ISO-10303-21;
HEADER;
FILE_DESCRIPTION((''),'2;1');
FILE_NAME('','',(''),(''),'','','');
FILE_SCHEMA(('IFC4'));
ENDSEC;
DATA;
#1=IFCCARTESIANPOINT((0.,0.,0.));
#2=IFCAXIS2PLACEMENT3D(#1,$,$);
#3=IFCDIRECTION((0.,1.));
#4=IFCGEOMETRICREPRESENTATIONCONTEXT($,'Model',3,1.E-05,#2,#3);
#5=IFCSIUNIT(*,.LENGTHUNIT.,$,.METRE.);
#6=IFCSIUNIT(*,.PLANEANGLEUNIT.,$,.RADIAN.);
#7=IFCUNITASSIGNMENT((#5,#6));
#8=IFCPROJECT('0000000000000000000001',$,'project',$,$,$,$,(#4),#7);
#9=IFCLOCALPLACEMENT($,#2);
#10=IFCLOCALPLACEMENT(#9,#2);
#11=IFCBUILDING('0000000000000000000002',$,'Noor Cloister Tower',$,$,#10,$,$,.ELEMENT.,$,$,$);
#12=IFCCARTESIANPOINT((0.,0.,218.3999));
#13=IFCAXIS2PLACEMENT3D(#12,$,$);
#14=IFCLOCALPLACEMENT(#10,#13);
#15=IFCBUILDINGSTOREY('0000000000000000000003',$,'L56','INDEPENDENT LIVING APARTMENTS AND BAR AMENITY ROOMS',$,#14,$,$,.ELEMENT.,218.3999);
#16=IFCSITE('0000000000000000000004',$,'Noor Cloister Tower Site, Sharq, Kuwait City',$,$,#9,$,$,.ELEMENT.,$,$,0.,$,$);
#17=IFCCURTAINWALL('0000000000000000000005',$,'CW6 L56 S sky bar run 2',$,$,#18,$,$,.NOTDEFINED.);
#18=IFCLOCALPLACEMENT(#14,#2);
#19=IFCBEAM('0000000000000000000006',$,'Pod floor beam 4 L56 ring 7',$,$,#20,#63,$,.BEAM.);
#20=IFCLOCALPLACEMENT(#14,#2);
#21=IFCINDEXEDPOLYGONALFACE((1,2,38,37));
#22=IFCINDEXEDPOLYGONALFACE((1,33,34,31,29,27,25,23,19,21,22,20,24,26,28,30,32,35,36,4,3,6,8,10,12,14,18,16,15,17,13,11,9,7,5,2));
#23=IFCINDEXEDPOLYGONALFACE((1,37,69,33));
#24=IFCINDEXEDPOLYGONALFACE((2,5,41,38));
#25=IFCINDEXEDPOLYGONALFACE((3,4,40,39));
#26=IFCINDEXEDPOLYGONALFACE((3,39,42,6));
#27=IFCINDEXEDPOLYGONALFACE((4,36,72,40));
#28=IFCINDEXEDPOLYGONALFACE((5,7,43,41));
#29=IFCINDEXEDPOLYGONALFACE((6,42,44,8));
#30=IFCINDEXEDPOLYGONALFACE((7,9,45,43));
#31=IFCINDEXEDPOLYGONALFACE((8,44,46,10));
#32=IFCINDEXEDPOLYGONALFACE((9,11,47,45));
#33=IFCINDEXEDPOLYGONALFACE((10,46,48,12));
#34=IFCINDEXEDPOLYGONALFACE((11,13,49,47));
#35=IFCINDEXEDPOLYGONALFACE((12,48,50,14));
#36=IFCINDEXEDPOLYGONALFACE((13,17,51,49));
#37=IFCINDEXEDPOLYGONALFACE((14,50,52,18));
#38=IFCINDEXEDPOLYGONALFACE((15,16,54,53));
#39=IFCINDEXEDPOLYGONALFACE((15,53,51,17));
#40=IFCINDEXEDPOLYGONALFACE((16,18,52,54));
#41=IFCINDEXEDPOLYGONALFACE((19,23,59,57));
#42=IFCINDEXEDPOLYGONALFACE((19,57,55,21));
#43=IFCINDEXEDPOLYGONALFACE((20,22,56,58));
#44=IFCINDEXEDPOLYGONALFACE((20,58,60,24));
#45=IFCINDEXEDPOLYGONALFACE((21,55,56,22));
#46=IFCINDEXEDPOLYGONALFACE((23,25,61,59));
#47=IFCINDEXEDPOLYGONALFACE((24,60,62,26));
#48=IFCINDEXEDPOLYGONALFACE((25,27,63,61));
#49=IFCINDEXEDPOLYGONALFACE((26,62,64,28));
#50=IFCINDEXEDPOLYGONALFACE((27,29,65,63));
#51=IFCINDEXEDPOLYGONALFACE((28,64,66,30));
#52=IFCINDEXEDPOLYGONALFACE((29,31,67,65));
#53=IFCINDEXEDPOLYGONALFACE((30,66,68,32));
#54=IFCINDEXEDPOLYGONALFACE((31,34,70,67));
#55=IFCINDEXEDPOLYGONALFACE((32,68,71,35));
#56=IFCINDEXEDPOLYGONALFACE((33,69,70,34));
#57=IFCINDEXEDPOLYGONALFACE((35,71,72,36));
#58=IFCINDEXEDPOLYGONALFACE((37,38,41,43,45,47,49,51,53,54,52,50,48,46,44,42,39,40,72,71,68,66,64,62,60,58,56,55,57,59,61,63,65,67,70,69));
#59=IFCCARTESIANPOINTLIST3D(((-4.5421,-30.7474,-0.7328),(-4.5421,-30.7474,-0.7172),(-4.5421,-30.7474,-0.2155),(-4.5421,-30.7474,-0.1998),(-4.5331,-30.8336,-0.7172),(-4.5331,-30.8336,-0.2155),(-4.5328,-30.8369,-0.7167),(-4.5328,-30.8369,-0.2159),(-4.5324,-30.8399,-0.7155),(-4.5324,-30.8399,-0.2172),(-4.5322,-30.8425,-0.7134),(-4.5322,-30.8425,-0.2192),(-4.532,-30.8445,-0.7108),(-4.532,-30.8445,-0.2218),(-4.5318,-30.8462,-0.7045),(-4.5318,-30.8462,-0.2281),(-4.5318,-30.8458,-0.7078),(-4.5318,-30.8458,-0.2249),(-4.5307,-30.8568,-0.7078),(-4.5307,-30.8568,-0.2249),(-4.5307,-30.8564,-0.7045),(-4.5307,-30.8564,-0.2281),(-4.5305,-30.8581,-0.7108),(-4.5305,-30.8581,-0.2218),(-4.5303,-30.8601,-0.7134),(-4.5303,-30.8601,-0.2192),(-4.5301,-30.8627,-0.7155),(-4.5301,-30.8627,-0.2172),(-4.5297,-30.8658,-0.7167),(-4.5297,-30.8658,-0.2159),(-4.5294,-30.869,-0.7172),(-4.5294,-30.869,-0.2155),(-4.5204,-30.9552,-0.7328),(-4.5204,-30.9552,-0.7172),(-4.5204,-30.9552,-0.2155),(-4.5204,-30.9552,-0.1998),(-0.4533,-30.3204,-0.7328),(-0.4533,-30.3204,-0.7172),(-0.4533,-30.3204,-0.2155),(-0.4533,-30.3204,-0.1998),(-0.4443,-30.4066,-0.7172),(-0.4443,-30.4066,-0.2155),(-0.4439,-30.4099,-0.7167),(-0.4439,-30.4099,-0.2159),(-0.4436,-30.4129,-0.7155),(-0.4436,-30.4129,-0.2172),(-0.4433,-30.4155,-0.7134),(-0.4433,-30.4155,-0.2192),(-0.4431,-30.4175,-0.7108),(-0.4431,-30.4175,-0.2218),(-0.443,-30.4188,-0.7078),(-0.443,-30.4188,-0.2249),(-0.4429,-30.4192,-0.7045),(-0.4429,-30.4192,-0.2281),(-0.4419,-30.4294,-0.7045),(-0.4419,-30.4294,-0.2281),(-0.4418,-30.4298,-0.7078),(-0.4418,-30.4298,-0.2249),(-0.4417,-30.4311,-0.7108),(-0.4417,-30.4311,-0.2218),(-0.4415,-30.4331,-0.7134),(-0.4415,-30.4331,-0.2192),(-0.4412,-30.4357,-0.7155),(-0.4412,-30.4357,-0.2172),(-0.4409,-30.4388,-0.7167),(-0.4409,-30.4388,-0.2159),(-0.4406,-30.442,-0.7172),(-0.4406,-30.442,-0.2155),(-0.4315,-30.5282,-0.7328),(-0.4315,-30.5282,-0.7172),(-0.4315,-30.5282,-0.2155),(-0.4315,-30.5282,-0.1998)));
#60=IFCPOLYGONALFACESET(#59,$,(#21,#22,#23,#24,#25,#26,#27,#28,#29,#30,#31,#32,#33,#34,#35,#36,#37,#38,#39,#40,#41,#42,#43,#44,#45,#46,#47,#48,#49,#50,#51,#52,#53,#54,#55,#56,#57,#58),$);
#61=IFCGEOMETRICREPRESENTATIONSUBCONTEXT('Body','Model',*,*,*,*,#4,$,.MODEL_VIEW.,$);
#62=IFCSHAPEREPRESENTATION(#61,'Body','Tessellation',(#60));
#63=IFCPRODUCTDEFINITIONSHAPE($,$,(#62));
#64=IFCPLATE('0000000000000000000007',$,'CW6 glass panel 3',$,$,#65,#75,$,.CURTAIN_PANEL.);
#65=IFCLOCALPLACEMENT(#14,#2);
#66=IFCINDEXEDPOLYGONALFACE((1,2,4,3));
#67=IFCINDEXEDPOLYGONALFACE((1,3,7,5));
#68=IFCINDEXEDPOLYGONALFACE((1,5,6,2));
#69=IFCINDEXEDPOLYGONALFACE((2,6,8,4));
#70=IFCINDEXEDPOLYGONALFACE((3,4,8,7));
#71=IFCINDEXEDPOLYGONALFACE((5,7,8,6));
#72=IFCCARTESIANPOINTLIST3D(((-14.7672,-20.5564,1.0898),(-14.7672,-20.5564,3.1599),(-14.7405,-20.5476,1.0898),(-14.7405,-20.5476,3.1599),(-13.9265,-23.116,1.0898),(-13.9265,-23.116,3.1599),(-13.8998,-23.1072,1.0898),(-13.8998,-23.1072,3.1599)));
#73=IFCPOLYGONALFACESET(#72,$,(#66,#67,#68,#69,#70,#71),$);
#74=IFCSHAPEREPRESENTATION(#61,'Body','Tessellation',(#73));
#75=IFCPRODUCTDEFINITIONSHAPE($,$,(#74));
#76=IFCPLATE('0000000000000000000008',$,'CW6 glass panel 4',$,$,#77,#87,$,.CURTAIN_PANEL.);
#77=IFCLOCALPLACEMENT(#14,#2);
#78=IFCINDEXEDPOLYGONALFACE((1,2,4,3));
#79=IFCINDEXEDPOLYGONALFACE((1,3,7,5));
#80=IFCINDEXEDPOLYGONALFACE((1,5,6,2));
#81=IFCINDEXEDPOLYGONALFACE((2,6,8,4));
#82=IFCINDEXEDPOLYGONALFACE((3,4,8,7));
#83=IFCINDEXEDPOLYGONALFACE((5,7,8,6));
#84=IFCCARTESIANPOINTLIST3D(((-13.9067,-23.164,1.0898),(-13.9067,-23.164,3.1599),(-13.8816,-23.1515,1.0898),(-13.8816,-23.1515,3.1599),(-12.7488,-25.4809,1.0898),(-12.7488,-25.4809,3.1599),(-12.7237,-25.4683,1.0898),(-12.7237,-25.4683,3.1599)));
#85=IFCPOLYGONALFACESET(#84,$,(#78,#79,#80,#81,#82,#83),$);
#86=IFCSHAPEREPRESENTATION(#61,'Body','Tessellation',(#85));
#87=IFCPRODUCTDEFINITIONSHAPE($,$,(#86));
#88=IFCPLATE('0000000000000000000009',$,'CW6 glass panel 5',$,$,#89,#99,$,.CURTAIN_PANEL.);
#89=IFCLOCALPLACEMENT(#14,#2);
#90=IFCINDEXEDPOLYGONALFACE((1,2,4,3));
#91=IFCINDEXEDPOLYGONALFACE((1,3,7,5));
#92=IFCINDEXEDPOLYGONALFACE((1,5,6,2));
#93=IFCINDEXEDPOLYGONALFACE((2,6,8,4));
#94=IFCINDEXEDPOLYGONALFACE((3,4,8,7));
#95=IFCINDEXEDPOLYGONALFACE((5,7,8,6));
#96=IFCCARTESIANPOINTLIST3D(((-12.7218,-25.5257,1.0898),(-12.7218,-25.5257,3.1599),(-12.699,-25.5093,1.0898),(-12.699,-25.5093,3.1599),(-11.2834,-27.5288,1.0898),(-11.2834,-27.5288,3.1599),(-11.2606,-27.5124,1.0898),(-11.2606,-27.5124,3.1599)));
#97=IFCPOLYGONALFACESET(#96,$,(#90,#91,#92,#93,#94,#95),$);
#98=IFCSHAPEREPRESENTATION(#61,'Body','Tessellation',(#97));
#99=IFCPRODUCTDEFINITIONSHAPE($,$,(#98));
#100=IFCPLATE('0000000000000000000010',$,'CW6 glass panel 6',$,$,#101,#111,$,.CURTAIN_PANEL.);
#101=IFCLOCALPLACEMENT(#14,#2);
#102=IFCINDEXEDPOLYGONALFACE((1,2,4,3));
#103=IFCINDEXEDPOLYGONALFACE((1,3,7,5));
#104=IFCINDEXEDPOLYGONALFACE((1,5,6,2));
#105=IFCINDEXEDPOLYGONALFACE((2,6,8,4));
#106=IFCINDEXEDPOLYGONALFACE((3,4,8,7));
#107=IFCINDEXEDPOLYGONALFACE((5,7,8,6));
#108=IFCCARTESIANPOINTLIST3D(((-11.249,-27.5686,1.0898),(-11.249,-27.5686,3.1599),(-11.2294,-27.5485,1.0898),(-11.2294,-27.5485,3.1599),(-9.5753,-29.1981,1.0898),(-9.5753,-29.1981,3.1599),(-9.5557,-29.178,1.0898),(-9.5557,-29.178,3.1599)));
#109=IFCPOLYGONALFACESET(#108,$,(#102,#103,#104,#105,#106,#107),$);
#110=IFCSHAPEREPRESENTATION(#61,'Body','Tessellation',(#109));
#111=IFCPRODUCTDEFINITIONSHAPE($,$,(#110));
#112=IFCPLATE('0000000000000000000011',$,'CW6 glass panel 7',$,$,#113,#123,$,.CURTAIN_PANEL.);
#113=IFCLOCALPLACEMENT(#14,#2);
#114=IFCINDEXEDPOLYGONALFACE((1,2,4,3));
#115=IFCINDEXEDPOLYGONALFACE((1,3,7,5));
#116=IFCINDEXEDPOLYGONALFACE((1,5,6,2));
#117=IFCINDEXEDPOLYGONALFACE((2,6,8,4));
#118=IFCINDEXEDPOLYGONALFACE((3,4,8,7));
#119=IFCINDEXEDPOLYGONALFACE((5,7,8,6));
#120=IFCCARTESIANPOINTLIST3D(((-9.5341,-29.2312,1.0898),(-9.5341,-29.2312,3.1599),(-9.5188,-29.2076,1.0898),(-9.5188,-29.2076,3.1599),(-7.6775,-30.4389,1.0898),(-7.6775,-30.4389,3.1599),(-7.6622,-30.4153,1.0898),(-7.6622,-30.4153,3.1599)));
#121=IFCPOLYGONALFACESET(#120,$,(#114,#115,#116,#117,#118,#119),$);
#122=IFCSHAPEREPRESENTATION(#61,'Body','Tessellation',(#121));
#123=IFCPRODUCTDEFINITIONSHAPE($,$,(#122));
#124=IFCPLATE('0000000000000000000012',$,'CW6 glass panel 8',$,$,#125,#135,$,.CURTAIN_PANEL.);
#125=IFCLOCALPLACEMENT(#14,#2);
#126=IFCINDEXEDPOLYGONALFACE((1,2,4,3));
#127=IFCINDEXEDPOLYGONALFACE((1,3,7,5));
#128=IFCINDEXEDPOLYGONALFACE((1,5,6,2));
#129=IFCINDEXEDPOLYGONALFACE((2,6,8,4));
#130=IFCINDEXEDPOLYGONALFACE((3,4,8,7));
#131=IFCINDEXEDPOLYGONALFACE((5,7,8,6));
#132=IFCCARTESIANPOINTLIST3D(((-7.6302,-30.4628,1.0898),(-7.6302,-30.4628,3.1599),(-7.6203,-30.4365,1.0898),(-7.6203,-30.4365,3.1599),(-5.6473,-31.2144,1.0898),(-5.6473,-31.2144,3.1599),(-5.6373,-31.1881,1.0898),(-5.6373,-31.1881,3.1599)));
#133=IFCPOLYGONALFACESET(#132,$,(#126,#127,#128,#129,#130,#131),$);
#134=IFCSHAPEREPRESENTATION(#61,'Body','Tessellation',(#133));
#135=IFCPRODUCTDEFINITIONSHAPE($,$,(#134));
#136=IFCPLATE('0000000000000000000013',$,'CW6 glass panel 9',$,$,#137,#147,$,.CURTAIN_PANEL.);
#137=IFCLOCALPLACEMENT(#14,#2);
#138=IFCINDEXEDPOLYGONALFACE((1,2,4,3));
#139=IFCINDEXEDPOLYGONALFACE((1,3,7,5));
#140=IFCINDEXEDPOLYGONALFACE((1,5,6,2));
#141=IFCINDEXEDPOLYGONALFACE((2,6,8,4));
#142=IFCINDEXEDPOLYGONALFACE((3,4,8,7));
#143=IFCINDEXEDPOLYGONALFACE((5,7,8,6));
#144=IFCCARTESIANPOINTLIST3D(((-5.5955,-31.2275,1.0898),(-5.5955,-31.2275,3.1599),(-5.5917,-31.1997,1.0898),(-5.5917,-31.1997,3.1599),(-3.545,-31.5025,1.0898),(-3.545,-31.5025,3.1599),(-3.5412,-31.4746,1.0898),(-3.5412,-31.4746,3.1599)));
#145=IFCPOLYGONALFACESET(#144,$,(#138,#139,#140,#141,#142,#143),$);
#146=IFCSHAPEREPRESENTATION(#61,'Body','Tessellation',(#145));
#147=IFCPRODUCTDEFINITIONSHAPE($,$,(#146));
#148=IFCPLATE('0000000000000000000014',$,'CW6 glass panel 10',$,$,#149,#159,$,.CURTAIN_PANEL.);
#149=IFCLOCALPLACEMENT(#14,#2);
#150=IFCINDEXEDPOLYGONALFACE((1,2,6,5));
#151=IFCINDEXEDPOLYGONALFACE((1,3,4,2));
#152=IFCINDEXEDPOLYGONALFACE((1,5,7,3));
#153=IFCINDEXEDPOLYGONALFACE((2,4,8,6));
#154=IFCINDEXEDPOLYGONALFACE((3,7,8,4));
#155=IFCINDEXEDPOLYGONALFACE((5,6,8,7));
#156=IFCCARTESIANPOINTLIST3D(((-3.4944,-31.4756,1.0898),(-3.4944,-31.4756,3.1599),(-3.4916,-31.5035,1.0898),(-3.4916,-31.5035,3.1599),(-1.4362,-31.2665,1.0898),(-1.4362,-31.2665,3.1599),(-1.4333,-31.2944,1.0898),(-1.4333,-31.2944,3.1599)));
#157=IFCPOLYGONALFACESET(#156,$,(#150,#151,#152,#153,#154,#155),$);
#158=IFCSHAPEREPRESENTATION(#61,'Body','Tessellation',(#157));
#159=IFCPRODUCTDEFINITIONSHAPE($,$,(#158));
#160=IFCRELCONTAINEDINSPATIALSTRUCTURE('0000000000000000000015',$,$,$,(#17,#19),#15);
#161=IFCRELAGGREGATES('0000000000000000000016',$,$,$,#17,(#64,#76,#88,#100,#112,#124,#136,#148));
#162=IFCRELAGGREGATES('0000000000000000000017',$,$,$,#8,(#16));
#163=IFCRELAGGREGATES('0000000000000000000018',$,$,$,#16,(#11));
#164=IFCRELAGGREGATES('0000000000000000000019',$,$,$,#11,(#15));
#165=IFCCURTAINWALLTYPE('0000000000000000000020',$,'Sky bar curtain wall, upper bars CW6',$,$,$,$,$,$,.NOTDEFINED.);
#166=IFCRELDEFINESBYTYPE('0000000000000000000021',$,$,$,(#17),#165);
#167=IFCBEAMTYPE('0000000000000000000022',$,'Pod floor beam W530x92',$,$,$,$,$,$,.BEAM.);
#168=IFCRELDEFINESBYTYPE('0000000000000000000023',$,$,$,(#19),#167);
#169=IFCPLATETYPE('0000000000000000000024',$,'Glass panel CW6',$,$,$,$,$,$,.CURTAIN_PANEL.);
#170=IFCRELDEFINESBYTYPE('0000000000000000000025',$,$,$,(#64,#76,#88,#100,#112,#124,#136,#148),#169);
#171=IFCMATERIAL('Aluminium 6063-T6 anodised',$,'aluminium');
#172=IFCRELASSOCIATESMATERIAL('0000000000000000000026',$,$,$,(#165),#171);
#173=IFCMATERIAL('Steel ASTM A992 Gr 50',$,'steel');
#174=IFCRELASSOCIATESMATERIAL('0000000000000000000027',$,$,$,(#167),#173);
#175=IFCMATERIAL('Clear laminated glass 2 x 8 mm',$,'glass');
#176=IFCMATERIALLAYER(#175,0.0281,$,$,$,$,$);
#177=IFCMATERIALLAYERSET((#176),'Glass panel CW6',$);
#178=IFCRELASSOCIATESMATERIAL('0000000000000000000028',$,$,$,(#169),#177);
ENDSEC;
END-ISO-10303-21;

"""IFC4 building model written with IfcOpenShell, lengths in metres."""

from ifc_helpers import new_model, si_unit, direction, frame, origin, origin_2d, place, context, subcontext, project, spatial, rectangle, i_section, extrude, material, layer, layer_set, material_profile, profile_set, type_object, element, aggregate, save


model = new_model("IFC4")

# Units and contexts
model_context = context("Model", 3, precision=1e-05, world=origin(), true_north=direction((0.0, 1.0)))
body_context = subcontext(model_context, "Body", "Model", "MODEL_VIEW")
ifc_project = project(units=[si_unit("LENGTHUNIT", "METRE"), si_unit("PLANEANGLEUNIT", "RADIAN")], contexts=[model_context])

# Site, building, storey
site_placement = place(None, origin())
site = spatial("IfcSite", under=ifc_project, at=site_placement, Name="Noor Cloister Tower Site, Sharq, Kuwait City", CompositionType="ELEMENT", RefElevation=0.0)
building_placement = place(site_placement, origin())
building = spatial("IfcBuilding", under=site, at=building_placement, Name="Noor Cloister Tower", CompositionType="ELEMENT")
storey_placement = place(building_placement, frame((0.0, 0.0, 218.3999)))
storey = spatial("IfcBuildingStorey", under=building, at=storey_placement, Name="L56", Description="INDEPENDENT LIVING APARTMENTS AND BAR AMENITY ROOMS", CompositionType="ELEMENT", Elevation=218.3999)

# Curtain wall
ifc_material_1 = material(Name="Aluminium 6063-T6 anodised", Category="aluminium")
curtain_wall_type = type_object("IfcCurtainWallType", Name="Sky bar curtain wall, upper bars CW6", PredefinedType="NOTDEFINED", material=ifc_material_1)
curtain_wall_placement = place(storey_placement, origin())
curtain_wall = element("IfcCurtainWall", 1, at=curtain_wall_placement, inside=storey, type_object=curtain_wall_type, Name="CW6 L56 S sky bar run 2", PredefinedType="NOTDEFINED")

# Beam
ifc_material_2 = material(Name="Steel ASTM A992 Gr 50", Category="steel")
ifc_material_profile_1 = material_profile(ifc_material_2, i_section(OverallWidth=0.209, OverallDepth=0.533, WebThickness=0.0103, FlangeThickness=0.0156, FilletRadius=0.0127, at=origin_2d()), Name="W530x92")
ifc_profile_set_1 = profile_set([ifc_material_profile_1], Name="Steel ASTM A992 Gr 50")
beam_type = type_object("IfcBeamType", Name="Pod floor beam W530x92", PredefinedType="BEAM", material=ifc_profile_set_1)
beam_1_placement = place(storey_placement, frame((-4.5312, -30.8513, -0.4663), z_axis=(0.994591, 0.103866, 0.0), x_axis=(-0.103866, 0.994591, 0.0)))
element("IfcBeam", 2, at=beam_1_placement, inside=storey, type_object=beam_type, Name="Pod floor beam 4 L56 ring 7", PredefinedType="BEAM", context=body_context, shape_type="SweptSolid", body=[
    extrude(i_section(OverallWidth=0.209, OverallDepth=0.533, WebThickness=0.0103, FlangeThickness=0.0156, FilletRadius=0.0127, at=origin_2d()), origin(), (0.0, 0.0, 1.0), 4.1111),
])

# Plates
ifc_material_3 = material(Name="Clear laminated glass 2 x 8 mm", Category="glass")
ifc_layer_1 = layer(ifc_material_3, 0.0281)
ifc_layer_set_1 = layer_set([ifc_layer_1], Name="Glass panel CW6")
plate_type = type_object("IfcPlateType", Name="Glass panel CW6", PredefinedType="CURTAIN_PANEL", material=ifc_layer_set_1)
plate_1_placement = place(storey_placement, frame((-14.3335, -21.8318, 1.0898), z_axis=(0.0, 0.0, 1.0), x_axis=(0.312038, -0.950069, 0.0)))
plate_1 = element("IfcPlate", 3, at=plate_1_placement, type_object=plate_type, Name="CW6 glass panel 3", PredefinedType="CURTAIN_PANEL", context=body_context, shape_type="SweptSolid", body=[
    extrude(rectangle(XDim=2.6941, YDim=0.0281, at=origin_2d()), origin(), (0.0, 0.0, 1.0), 2.0701),
])
plate_2_placement = place(storey_placement, frame((-13.3152, -24.3162, 1.0898), z_axis=(0.0, 0.0, 1.0), x_axis=(0.447069, -0.894499, 0.0)))
plate_2 = element("IfcPlate", 4, at=plate_2_placement, type_object=plate_type, Name="CW6 glass panel 4", PredefinedType="CURTAIN_PANEL", context=body_context, shape_type="SweptSolid", body=[
    extrude(rectangle(XDim=2.5901, YDim=0.0281, at=origin_2d()), origin(), (0.0, 0.0, 1.0), 2.0701),
])
plate_3_placement = place(storey_placement, frame((-11.9912, -26.519, 1.0898), z_axis=(0.0, 0.0, 1.0), x_axis=(0.583263, -0.812283, 0.0)))
plate_3 = element("IfcPlate", 5, at=plate_3_placement, type_object=plate_type, Name="CW6 glass panel 5", PredefinedType="CURTAIN_PANEL", context=body_context, shape_type="SweptSolid", body=[
    extrude(rectangle(XDim=2.4661, YDim=0.0281, at=origin_2d()), origin(), (0.0, 0.0, 1.0), 2.0701),
])
plate_4_placement = place(storey_placement, frame((-10.4023, -28.3733, 1.0898), z_axis=(0.0, 0.0, 1.0), x_axis=(0.716495, -0.697592, 0.0)))
plate_4 = element("IfcPlate", 6, at=plate_4_placement, type_object=plate_type, Name="CW6 glass panel 6", PredefinedType="CURTAIN_PANEL", context=body_context, shape_type="SweptSolid", body=[
    extrude(rectangle(XDim=2.3359, YDim=0.0281, at=origin_2d()), origin(), (0.0, 0.0, 1.0), 2.0701),
])
plate_5_placement = place(storey_placement, frame((-8.5981, -29.8232, 1.0898), z_axis=(0.0, 0.0, 1.0), x_axis=(0.838256, -0.545277, 0.0)))
plate_5 = element("IfcPlate", 7, at=plate_5_placement, type_object=plate_type, Name="CW6 glass panel 7", PredefinedType="CURTAIN_PANEL", context=body_context, shape_type="SweptSolid", body=[
    extrude(rectangle(XDim=2.2148, YDim=0.0281, at=origin_2d()), origin(), (0.0, 0.0, 1.0), 2.0701),
])
plate_6_placement = place(storey_placement, frame((-6.6338, -30.8254, 1.0898), z_axis=(0.0, 0.0, 1.0), x_axis=(0.935082, -0.35443, 0.0)))
plate_6 = element("IfcPlate", 8, at=plate_6_placement, type_object=plate_type, Name="CW6 glass panel 8", PredefinedType="CURTAIN_PANEL", context=body_context, shape_type="SweptSolid", body=[
    extrude(rectangle(XDim=2.1206, YDim=0.0281, at=origin_2d()), origin(), (0.0, 0.0, 1.0), 2.0701),
])
plate_7_placement = place(storey_placement, frame((-4.5684, -31.3511, 1.0898), z_axis=(0.0, 0.0, 1.0), x_axis=(0.991128, -0.132911, 0.0)))
plate_7 = element("IfcPlate", 9, at=plate_7_placement, type_object=plate_type, Name="CW6 glass panel 9", PredefinedType="CURTAIN_PANEL", context=body_context, shape_type="SweptSolid", body=[
    extrude(rectangle(XDim=2.0688, YDim=0.0281, at=origin_2d()), origin(), (0.0, 0.0, 1.0), 2.0701),
])
plate_8_placement = place(storey_placement, frame((-2.4639, -31.385, 1.0898), z_axis=(0.0, 0.0, 1.0), x_axis=(0.994881, 0.101053, 0.0)))
plate_8 = element("IfcPlate", 10, at=plate_8_placement, type_object=plate_type, Name="CW6 glass panel 10", PredefinedType="CURTAIN_PANEL", context=body_context, shape_type="SweptSolid", body=[
    extrude(rectangle(XDim=2.0688, YDim=0.0281, at=origin_2d()), origin(), (0.0, 0.0, 1.0), 2.0701),
])
aggregate(curtain_wall, [plate_1, plate_2, plate_3, plate_4, plate_5, plate_6, plate_7, plate_8])

save(model, "model.ifc")
